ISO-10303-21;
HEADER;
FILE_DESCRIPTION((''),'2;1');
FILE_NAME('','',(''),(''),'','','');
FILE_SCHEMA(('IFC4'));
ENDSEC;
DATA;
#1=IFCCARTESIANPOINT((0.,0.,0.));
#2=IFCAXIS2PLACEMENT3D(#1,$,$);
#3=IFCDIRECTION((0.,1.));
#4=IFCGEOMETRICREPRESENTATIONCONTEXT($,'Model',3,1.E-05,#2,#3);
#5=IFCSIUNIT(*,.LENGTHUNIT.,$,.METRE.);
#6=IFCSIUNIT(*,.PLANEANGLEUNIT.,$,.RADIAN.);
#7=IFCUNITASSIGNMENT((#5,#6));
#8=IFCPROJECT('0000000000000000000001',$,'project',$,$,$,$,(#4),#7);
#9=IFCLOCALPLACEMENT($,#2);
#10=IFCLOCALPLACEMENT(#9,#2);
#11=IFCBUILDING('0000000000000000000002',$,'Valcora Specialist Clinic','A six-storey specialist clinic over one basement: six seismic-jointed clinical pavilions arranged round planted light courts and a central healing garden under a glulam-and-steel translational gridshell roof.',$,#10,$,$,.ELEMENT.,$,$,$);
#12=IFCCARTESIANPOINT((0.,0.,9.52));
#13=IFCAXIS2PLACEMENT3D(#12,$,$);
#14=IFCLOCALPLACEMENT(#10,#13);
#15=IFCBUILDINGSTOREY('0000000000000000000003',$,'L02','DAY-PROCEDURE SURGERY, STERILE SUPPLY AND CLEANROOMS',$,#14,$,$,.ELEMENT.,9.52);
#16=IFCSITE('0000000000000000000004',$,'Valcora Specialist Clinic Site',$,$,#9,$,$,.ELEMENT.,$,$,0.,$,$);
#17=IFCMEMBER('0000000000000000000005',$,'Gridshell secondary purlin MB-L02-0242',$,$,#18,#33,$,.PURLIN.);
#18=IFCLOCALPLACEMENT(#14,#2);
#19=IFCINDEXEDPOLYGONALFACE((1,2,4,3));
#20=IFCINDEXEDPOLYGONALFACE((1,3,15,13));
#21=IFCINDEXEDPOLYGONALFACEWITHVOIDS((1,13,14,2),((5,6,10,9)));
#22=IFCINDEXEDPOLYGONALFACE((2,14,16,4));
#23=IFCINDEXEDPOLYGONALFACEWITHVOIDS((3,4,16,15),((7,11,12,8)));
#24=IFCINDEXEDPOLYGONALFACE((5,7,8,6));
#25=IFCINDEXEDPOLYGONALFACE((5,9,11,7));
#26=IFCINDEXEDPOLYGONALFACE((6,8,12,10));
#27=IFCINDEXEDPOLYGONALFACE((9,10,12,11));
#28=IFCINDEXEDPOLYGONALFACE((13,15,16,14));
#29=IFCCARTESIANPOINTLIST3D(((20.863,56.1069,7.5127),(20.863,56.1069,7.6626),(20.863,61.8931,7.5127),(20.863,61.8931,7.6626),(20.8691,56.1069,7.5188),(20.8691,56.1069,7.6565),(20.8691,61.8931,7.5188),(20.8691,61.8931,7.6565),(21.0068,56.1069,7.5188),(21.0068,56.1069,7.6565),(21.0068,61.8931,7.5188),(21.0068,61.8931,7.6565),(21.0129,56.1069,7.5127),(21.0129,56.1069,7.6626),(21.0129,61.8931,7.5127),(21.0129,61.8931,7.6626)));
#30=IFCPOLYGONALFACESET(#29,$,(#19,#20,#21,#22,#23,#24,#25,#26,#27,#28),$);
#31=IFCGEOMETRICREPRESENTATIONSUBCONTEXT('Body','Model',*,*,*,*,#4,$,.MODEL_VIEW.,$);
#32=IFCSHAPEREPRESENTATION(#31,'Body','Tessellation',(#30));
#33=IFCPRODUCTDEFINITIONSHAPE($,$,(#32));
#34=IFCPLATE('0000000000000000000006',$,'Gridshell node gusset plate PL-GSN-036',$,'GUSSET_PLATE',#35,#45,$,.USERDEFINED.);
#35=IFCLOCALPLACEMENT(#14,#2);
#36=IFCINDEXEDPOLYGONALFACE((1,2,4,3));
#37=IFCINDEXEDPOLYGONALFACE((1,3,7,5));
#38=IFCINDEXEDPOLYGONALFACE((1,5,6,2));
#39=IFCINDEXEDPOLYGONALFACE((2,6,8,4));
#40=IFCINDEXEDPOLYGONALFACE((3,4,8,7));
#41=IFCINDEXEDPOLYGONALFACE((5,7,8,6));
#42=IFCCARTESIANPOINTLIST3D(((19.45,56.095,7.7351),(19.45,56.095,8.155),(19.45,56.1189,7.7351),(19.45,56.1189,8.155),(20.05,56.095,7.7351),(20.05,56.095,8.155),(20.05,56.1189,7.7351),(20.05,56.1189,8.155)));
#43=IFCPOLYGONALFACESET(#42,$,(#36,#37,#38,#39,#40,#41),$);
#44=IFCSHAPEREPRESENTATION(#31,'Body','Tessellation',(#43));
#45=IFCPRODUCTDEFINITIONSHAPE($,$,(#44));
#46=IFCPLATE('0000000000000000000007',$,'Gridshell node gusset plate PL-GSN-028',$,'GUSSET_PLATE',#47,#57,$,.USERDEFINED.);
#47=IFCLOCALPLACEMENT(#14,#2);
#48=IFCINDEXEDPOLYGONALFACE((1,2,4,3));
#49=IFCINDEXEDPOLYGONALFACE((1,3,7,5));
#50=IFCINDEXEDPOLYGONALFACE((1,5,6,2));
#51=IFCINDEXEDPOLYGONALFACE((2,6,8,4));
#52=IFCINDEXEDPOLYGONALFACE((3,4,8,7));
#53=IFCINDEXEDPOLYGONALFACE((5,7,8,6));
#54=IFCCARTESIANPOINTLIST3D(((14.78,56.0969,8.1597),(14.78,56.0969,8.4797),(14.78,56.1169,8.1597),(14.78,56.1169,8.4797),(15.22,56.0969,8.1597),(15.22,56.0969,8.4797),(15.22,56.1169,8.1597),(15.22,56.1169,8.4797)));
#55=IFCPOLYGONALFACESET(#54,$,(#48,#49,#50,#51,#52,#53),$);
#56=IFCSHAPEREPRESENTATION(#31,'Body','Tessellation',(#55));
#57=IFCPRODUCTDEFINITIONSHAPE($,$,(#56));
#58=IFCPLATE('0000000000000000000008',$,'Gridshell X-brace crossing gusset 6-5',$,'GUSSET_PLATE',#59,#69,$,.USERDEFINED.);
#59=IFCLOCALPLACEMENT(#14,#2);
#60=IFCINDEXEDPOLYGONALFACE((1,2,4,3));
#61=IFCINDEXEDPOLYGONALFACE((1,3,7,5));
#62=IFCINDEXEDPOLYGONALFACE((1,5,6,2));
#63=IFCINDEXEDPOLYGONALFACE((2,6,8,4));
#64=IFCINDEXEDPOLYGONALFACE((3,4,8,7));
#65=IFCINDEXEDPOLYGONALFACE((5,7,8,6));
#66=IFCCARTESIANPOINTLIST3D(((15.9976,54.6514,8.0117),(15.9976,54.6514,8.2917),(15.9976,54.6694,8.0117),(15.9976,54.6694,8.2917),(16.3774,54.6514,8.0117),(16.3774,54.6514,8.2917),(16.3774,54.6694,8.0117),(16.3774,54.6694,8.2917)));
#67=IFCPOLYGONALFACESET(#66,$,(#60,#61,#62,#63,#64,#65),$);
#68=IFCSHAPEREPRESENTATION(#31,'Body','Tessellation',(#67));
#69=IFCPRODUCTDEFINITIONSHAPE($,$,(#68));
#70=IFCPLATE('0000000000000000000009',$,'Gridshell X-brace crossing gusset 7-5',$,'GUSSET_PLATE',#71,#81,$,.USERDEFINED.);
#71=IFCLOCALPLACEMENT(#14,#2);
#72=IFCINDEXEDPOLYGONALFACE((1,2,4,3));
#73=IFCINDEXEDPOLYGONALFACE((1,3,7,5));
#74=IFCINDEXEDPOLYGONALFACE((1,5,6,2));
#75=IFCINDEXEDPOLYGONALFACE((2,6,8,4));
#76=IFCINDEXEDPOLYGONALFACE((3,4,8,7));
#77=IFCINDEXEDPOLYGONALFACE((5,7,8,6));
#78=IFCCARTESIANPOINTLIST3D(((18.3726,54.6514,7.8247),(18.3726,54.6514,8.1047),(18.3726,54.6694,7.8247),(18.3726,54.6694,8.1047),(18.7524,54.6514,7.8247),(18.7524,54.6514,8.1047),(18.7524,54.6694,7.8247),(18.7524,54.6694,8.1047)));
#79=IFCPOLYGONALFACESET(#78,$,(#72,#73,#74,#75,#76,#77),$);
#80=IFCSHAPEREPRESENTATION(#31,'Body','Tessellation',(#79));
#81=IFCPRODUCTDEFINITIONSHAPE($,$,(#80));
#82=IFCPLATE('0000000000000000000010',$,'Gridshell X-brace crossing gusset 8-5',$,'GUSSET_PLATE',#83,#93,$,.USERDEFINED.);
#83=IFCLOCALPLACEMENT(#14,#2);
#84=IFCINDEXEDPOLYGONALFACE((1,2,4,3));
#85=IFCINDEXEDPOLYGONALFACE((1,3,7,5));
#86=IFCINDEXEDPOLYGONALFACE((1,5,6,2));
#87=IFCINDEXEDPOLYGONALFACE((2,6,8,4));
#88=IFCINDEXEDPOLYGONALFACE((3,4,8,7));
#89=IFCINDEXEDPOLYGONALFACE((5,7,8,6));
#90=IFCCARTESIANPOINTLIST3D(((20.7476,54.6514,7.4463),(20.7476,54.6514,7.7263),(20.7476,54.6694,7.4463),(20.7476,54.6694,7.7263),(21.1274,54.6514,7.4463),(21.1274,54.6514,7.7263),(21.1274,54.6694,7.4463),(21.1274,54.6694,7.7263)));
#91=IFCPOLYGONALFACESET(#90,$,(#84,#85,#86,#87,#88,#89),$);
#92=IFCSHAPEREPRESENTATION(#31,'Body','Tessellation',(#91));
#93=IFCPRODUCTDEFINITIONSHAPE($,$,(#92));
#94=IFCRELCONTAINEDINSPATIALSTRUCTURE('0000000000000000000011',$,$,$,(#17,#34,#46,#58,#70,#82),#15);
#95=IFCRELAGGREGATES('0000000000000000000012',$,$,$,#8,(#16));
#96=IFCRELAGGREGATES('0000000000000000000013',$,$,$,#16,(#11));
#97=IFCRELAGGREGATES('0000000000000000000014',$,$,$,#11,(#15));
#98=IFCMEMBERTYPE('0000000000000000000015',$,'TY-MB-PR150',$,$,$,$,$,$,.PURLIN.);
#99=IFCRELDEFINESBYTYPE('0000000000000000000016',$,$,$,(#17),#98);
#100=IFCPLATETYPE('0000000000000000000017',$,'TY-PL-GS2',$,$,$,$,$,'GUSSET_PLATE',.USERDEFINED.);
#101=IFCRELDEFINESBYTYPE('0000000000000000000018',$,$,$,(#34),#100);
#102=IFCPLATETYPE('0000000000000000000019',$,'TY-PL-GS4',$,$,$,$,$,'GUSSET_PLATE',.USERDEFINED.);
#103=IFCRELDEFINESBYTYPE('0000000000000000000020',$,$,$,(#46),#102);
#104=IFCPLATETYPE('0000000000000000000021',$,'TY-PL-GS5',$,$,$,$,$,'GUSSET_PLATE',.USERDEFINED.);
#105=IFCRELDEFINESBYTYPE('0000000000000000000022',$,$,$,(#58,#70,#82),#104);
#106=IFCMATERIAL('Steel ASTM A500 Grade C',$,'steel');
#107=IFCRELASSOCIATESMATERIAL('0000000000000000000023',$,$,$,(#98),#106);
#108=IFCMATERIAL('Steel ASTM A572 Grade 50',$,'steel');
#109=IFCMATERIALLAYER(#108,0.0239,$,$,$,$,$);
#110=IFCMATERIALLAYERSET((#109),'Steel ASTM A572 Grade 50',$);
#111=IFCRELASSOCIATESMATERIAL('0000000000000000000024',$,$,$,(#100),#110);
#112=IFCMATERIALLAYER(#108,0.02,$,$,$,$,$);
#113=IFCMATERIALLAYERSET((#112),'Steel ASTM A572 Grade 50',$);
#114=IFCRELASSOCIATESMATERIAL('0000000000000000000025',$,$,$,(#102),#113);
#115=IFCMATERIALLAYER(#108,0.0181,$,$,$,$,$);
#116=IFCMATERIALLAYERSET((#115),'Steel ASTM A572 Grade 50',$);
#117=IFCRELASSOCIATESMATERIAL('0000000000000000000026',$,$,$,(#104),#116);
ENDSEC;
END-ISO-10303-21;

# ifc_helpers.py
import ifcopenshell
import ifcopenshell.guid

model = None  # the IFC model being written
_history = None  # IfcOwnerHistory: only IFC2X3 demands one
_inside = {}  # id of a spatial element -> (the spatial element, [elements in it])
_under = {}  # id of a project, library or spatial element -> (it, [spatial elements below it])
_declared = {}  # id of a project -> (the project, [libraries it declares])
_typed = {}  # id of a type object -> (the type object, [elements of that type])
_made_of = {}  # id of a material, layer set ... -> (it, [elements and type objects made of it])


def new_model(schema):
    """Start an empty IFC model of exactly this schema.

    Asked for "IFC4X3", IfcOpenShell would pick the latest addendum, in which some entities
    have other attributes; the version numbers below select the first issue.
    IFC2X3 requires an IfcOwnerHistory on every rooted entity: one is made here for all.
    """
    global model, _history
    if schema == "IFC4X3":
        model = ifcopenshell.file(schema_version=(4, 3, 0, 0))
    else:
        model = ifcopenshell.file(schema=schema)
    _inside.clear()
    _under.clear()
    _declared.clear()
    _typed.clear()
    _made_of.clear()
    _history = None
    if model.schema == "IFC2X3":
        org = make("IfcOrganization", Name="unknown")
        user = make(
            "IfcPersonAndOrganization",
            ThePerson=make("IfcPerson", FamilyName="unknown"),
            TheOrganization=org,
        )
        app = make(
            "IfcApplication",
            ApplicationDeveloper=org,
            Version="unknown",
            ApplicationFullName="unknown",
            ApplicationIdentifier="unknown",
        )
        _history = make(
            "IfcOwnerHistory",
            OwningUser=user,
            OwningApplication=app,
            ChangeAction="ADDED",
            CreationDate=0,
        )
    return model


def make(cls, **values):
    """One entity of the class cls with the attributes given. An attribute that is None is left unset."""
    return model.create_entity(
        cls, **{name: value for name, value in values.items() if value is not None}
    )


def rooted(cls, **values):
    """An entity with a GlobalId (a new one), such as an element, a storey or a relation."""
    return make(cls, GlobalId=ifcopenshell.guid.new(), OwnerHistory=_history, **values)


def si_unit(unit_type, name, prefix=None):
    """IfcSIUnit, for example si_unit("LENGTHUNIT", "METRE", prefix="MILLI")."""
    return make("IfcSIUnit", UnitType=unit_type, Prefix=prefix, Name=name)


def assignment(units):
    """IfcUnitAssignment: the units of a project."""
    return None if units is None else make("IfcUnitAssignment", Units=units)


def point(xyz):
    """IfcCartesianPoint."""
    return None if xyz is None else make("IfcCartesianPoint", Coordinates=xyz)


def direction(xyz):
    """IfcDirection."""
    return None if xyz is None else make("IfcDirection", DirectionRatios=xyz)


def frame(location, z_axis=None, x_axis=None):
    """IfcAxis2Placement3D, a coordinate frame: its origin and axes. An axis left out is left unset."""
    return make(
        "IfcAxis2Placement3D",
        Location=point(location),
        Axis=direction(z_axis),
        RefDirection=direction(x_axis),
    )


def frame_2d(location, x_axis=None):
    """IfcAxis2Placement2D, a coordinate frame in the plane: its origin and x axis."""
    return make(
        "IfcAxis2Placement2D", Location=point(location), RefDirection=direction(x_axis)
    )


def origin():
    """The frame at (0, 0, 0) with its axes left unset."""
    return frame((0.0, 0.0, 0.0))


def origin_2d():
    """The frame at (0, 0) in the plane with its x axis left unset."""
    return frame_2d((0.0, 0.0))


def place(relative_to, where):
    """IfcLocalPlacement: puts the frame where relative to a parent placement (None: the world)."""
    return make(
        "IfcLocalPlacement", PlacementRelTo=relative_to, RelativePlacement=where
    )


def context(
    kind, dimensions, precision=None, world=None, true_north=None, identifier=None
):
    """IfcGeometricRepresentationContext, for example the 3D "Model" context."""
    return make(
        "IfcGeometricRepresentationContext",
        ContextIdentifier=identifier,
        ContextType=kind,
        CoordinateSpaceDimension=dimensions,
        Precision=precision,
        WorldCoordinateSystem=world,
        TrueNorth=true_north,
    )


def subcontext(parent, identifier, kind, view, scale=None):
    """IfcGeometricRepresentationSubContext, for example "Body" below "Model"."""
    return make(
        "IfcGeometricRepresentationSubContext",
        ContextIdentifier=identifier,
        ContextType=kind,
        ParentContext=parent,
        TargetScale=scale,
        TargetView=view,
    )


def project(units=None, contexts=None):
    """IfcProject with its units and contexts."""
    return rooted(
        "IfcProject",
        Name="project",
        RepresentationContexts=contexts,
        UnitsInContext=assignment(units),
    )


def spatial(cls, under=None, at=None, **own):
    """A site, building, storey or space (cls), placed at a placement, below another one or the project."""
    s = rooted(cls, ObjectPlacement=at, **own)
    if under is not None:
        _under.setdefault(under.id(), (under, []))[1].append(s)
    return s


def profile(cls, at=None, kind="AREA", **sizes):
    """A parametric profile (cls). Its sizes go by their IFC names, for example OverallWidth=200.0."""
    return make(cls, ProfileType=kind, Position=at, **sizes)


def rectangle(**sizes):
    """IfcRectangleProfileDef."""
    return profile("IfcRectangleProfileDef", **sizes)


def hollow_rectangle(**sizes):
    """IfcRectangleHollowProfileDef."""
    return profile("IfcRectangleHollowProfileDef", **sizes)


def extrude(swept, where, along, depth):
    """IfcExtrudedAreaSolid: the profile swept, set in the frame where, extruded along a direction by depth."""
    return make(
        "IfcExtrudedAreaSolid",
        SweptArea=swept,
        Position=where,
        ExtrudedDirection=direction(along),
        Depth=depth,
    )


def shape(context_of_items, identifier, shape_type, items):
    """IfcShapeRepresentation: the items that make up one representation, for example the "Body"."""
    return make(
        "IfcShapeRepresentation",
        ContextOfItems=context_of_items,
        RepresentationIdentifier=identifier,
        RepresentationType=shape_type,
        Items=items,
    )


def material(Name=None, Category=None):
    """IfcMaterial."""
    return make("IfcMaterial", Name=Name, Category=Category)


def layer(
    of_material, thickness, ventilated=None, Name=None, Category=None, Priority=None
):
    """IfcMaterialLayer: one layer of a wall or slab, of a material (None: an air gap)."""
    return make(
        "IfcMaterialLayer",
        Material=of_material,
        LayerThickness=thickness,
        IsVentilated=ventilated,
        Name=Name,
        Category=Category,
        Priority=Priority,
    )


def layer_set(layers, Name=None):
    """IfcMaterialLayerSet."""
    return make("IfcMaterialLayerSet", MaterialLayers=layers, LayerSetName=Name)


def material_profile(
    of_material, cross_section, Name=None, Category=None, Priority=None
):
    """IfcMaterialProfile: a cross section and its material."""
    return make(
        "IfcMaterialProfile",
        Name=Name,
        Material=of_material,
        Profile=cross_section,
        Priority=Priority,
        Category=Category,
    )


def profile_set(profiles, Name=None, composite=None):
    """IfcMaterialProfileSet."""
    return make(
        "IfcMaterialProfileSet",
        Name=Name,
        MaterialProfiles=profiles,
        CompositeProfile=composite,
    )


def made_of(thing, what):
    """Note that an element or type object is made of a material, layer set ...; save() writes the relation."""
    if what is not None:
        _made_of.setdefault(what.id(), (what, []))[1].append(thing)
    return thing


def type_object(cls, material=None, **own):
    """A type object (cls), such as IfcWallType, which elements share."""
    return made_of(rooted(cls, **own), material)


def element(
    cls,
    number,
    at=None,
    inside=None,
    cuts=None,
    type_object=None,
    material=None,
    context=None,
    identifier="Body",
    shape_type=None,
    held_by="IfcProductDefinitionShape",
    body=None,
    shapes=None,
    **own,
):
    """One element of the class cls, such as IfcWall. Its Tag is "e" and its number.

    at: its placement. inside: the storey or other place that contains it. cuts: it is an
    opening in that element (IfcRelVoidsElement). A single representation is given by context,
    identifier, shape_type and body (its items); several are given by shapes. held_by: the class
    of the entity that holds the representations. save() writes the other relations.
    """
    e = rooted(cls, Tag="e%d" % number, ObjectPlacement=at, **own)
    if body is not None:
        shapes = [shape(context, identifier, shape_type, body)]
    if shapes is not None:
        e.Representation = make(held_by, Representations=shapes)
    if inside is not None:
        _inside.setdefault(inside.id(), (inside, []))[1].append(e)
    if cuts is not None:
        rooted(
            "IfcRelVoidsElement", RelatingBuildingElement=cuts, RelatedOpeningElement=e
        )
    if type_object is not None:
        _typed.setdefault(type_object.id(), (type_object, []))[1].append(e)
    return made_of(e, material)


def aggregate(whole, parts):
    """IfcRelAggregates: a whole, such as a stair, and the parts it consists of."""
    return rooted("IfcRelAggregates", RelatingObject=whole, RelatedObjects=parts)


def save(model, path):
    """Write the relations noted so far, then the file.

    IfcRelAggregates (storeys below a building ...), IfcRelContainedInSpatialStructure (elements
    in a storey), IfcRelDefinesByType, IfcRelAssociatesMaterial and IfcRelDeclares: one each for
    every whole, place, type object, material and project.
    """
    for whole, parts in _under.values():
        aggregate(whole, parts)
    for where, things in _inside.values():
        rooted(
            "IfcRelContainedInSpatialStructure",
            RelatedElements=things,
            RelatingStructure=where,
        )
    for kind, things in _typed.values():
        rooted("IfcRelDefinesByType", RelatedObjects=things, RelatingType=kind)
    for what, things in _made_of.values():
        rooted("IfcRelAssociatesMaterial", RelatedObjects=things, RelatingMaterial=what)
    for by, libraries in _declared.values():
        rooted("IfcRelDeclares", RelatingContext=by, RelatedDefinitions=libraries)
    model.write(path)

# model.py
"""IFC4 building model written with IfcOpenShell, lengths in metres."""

from ifc_helpers import new_model, si_unit, direction, frame, origin, origin_2d, place, context, subcontext, project, spatial, rectangle, hollow_rectangle, extrude, material, layer, layer_set, material_profile, profile_set, type_object, element, save


model = new_model("IFC4")

# Units and contexts
model_context = context("Model", 3, precision=1e-05, world=origin(), true_north=direction((0.0, 1.0)))
body_context = subcontext(model_context, "Body", "Model", "MODEL_VIEW")
ifc_project = project(units=[si_unit("LENGTHUNIT", "METRE"), si_unit("PLANEANGLEUNIT", "RADIAN")], contexts=[model_context])

# Site, building, storey
site_placement = place(None, origin())
site = spatial("IfcSite", under=ifc_project, at=site_placement, Name="Valcora Specialist Clinic Site", CompositionType="ELEMENT", RefElevation=0.0)
building_placement = place(site_placement, origin())
building = spatial("IfcBuilding", under=site, at=building_placement, Name="Valcora Specialist Clinic", Description="A six-storey specialist clinic over one basement: six seismic-jointed clinical pavilions arranged round planted light courts and a central healing garden under a glulam-and-steel translational gridshell roof.", CompositionType="ELEMENT")
storey_placement = place(building_placement, frame((0.0, 0.0, 9.52)))
storey = spatial("IfcBuildingStorey", under=building, at=storey_placement, Name="L02", Description="DAY-PROCEDURE SURGERY, STERILE SUPPLY AND CLEANROOMS", CompositionType="ELEMENT", Elevation=9.52)

# Member
ifc_material_1 = material(Name="Steel ASTM A500 Grade C", Category="steel")
ifc_material_profile_1 = material_profile(ifc_material_1, hollow_rectangle(XDim=0.1499, YDim=0.1499, WallThickness=0.0061, at=origin_2d()), Name="ST-RHS-150X150X6")
ifc_profile_set_1 = profile_set([ifc_material_profile_1], Name="Steel ASTM A500 Grade C")
member_type_1 = type_object("IfcMemberType", Name="TY-MB-PR150", PredefinedType="PURLIN", material=ifc_profile_set_1)
for number, where, z_axis, x_axis, name in (
    (1, (20.938, 56.1069, 7.5876), (0.0, 1.0, 0.0), (-1.0, 0.0, 0.0), "Gridshell secondary purlin MB-L02-0242"),
):
    element("IfcMember", number, at=place(storey_placement, frame(where, z_axis=z_axis, x_axis=x_axis)), inside=storey, type_object=member_type_1, Name=name, PredefinedType="PURLIN", context=body_context, shape_type="SweptSolid", body=[
        extrude(hollow_rectangle(XDim=0.1499, YDim=0.1499, WallThickness=0.0061, at=origin_2d()), origin(), (0.0, 0.0, 1.0), 5.7861),
    ])

# Plates
ifc_material_2 = material(Name="Steel ASTM A572 Grade 50", Category="steel")
ifc_layer_1 = layer(ifc_material_2, 0.0239)
ifc_layer_set_1 = layer_set([ifc_layer_1], Name="Steel ASTM A572 Grade 50")
plate_type_1 = type_object("IfcPlateType", Name="TY-PL-GS2", ElementType="GUSSET_PLATE", PredefinedType="USERDEFINED", material=ifc_layer_set_1)
plate_1_placement = place(storey_placement, frame((19.75, 56.1069, 7.7351), z_axis=(0.0, 0.0, 1.0), x_axis=(1.0, 0.0, 0.0)))
element("IfcPlate", 2, at=plate_1_placement, inside=storey, type_object=plate_type_1, Name="Gridshell node gusset plate PL-GSN-036", ObjectType="GUSSET_PLATE", PredefinedType="USERDEFINED", context=body_context, shape_type="SweptSolid", body=[
    extrude(rectangle(XDim=0.6001, YDim=0.0239, at=origin_2d()), origin(), (0.0, 0.0, 1.0), 0.4199),
])
ifc_layer_2 = layer(ifc_material_2, 0.02)
ifc_layer_set_2 = layer_set([ifc_layer_2], Name="Steel ASTM A572 Grade 50")
plate_type_2 = type_object("IfcPlateType", Name="TY-PL-GS4", ElementType="GUSSET_PLATE", PredefinedType="USERDEFINED", material=ifc_layer_set_2)
plate_2_placement = place(storey_placement, frame((15.0, 56.1069, 8.1597), z_axis=(0.0, 0.0, 1.0), x_axis=(1.0, 0.0, 0.0)))
element("IfcPlate", 3, at=plate_2_placement, inside=storey, type_object=plate_type_2, Name="Gridshell node gusset plate PL-GSN-028", ObjectType="GUSSET_PLATE", PredefinedType="USERDEFINED", context=body_context, shape_type="SweptSolid", body=[
    extrude(rectangle(XDim=0.4399, YDim=0.02, at=origin_2d()), origin(), (0.0, 0.0, 1.0), 0.3201),
])
ifc_layer_3 = layer(ifc_material_2, 0.0181)
ifc_layer_set_3 = layer_set([ifc_layer_3], Name="Steel ASTM A572 Grade 50")
plate_type_3 = type_object("IfcPlateType", Name="TY-PL-GS5", ElementType="GUSSET_PLATE", PredefinedType="USERDEFINED", material=ifc_layer_set_3)
for number, where, z_axis, x_axis, name in (
    (4, (16.1875, 54.6604, 8.0117), (0.0, 0.0, 1.0), (1.0, 0.0, 0.0), "Gridshell X-brace crossing gusset 6-5"),
    (5, (18.5625, 54.6604, 7.8247), (0.0, 0.0, 1.0), (1.0, 0.0, 0.0), "Gridshell X-brace crossing gusset 7-5"),
    (6, (20.9375, 54.6604, 7.4463), (0.0, 0.0, 1.0), (1.0, 0.0, 0.0), "Gridshell X-brace crossing gusset 8-5"),
):
    element("IfcPlate", number, at=place(storey_placement, frame(where, z_axis=z_axis, x_axis=x_axis)), inside=storey, type_object=plate_type_3, Name=name, ObjectType="GUSSET_PLATE", PredefinedType="USERDEFINED", context=body_context, shape_type="SweptSolid", body=[
        extrude(rectangle(XDim=0.3799, YDim=0.0181, at=origin_2d()), origin(), (0.0, 0.0, 1.0), 0.28),
    ])

save(model, "model.ifc")
